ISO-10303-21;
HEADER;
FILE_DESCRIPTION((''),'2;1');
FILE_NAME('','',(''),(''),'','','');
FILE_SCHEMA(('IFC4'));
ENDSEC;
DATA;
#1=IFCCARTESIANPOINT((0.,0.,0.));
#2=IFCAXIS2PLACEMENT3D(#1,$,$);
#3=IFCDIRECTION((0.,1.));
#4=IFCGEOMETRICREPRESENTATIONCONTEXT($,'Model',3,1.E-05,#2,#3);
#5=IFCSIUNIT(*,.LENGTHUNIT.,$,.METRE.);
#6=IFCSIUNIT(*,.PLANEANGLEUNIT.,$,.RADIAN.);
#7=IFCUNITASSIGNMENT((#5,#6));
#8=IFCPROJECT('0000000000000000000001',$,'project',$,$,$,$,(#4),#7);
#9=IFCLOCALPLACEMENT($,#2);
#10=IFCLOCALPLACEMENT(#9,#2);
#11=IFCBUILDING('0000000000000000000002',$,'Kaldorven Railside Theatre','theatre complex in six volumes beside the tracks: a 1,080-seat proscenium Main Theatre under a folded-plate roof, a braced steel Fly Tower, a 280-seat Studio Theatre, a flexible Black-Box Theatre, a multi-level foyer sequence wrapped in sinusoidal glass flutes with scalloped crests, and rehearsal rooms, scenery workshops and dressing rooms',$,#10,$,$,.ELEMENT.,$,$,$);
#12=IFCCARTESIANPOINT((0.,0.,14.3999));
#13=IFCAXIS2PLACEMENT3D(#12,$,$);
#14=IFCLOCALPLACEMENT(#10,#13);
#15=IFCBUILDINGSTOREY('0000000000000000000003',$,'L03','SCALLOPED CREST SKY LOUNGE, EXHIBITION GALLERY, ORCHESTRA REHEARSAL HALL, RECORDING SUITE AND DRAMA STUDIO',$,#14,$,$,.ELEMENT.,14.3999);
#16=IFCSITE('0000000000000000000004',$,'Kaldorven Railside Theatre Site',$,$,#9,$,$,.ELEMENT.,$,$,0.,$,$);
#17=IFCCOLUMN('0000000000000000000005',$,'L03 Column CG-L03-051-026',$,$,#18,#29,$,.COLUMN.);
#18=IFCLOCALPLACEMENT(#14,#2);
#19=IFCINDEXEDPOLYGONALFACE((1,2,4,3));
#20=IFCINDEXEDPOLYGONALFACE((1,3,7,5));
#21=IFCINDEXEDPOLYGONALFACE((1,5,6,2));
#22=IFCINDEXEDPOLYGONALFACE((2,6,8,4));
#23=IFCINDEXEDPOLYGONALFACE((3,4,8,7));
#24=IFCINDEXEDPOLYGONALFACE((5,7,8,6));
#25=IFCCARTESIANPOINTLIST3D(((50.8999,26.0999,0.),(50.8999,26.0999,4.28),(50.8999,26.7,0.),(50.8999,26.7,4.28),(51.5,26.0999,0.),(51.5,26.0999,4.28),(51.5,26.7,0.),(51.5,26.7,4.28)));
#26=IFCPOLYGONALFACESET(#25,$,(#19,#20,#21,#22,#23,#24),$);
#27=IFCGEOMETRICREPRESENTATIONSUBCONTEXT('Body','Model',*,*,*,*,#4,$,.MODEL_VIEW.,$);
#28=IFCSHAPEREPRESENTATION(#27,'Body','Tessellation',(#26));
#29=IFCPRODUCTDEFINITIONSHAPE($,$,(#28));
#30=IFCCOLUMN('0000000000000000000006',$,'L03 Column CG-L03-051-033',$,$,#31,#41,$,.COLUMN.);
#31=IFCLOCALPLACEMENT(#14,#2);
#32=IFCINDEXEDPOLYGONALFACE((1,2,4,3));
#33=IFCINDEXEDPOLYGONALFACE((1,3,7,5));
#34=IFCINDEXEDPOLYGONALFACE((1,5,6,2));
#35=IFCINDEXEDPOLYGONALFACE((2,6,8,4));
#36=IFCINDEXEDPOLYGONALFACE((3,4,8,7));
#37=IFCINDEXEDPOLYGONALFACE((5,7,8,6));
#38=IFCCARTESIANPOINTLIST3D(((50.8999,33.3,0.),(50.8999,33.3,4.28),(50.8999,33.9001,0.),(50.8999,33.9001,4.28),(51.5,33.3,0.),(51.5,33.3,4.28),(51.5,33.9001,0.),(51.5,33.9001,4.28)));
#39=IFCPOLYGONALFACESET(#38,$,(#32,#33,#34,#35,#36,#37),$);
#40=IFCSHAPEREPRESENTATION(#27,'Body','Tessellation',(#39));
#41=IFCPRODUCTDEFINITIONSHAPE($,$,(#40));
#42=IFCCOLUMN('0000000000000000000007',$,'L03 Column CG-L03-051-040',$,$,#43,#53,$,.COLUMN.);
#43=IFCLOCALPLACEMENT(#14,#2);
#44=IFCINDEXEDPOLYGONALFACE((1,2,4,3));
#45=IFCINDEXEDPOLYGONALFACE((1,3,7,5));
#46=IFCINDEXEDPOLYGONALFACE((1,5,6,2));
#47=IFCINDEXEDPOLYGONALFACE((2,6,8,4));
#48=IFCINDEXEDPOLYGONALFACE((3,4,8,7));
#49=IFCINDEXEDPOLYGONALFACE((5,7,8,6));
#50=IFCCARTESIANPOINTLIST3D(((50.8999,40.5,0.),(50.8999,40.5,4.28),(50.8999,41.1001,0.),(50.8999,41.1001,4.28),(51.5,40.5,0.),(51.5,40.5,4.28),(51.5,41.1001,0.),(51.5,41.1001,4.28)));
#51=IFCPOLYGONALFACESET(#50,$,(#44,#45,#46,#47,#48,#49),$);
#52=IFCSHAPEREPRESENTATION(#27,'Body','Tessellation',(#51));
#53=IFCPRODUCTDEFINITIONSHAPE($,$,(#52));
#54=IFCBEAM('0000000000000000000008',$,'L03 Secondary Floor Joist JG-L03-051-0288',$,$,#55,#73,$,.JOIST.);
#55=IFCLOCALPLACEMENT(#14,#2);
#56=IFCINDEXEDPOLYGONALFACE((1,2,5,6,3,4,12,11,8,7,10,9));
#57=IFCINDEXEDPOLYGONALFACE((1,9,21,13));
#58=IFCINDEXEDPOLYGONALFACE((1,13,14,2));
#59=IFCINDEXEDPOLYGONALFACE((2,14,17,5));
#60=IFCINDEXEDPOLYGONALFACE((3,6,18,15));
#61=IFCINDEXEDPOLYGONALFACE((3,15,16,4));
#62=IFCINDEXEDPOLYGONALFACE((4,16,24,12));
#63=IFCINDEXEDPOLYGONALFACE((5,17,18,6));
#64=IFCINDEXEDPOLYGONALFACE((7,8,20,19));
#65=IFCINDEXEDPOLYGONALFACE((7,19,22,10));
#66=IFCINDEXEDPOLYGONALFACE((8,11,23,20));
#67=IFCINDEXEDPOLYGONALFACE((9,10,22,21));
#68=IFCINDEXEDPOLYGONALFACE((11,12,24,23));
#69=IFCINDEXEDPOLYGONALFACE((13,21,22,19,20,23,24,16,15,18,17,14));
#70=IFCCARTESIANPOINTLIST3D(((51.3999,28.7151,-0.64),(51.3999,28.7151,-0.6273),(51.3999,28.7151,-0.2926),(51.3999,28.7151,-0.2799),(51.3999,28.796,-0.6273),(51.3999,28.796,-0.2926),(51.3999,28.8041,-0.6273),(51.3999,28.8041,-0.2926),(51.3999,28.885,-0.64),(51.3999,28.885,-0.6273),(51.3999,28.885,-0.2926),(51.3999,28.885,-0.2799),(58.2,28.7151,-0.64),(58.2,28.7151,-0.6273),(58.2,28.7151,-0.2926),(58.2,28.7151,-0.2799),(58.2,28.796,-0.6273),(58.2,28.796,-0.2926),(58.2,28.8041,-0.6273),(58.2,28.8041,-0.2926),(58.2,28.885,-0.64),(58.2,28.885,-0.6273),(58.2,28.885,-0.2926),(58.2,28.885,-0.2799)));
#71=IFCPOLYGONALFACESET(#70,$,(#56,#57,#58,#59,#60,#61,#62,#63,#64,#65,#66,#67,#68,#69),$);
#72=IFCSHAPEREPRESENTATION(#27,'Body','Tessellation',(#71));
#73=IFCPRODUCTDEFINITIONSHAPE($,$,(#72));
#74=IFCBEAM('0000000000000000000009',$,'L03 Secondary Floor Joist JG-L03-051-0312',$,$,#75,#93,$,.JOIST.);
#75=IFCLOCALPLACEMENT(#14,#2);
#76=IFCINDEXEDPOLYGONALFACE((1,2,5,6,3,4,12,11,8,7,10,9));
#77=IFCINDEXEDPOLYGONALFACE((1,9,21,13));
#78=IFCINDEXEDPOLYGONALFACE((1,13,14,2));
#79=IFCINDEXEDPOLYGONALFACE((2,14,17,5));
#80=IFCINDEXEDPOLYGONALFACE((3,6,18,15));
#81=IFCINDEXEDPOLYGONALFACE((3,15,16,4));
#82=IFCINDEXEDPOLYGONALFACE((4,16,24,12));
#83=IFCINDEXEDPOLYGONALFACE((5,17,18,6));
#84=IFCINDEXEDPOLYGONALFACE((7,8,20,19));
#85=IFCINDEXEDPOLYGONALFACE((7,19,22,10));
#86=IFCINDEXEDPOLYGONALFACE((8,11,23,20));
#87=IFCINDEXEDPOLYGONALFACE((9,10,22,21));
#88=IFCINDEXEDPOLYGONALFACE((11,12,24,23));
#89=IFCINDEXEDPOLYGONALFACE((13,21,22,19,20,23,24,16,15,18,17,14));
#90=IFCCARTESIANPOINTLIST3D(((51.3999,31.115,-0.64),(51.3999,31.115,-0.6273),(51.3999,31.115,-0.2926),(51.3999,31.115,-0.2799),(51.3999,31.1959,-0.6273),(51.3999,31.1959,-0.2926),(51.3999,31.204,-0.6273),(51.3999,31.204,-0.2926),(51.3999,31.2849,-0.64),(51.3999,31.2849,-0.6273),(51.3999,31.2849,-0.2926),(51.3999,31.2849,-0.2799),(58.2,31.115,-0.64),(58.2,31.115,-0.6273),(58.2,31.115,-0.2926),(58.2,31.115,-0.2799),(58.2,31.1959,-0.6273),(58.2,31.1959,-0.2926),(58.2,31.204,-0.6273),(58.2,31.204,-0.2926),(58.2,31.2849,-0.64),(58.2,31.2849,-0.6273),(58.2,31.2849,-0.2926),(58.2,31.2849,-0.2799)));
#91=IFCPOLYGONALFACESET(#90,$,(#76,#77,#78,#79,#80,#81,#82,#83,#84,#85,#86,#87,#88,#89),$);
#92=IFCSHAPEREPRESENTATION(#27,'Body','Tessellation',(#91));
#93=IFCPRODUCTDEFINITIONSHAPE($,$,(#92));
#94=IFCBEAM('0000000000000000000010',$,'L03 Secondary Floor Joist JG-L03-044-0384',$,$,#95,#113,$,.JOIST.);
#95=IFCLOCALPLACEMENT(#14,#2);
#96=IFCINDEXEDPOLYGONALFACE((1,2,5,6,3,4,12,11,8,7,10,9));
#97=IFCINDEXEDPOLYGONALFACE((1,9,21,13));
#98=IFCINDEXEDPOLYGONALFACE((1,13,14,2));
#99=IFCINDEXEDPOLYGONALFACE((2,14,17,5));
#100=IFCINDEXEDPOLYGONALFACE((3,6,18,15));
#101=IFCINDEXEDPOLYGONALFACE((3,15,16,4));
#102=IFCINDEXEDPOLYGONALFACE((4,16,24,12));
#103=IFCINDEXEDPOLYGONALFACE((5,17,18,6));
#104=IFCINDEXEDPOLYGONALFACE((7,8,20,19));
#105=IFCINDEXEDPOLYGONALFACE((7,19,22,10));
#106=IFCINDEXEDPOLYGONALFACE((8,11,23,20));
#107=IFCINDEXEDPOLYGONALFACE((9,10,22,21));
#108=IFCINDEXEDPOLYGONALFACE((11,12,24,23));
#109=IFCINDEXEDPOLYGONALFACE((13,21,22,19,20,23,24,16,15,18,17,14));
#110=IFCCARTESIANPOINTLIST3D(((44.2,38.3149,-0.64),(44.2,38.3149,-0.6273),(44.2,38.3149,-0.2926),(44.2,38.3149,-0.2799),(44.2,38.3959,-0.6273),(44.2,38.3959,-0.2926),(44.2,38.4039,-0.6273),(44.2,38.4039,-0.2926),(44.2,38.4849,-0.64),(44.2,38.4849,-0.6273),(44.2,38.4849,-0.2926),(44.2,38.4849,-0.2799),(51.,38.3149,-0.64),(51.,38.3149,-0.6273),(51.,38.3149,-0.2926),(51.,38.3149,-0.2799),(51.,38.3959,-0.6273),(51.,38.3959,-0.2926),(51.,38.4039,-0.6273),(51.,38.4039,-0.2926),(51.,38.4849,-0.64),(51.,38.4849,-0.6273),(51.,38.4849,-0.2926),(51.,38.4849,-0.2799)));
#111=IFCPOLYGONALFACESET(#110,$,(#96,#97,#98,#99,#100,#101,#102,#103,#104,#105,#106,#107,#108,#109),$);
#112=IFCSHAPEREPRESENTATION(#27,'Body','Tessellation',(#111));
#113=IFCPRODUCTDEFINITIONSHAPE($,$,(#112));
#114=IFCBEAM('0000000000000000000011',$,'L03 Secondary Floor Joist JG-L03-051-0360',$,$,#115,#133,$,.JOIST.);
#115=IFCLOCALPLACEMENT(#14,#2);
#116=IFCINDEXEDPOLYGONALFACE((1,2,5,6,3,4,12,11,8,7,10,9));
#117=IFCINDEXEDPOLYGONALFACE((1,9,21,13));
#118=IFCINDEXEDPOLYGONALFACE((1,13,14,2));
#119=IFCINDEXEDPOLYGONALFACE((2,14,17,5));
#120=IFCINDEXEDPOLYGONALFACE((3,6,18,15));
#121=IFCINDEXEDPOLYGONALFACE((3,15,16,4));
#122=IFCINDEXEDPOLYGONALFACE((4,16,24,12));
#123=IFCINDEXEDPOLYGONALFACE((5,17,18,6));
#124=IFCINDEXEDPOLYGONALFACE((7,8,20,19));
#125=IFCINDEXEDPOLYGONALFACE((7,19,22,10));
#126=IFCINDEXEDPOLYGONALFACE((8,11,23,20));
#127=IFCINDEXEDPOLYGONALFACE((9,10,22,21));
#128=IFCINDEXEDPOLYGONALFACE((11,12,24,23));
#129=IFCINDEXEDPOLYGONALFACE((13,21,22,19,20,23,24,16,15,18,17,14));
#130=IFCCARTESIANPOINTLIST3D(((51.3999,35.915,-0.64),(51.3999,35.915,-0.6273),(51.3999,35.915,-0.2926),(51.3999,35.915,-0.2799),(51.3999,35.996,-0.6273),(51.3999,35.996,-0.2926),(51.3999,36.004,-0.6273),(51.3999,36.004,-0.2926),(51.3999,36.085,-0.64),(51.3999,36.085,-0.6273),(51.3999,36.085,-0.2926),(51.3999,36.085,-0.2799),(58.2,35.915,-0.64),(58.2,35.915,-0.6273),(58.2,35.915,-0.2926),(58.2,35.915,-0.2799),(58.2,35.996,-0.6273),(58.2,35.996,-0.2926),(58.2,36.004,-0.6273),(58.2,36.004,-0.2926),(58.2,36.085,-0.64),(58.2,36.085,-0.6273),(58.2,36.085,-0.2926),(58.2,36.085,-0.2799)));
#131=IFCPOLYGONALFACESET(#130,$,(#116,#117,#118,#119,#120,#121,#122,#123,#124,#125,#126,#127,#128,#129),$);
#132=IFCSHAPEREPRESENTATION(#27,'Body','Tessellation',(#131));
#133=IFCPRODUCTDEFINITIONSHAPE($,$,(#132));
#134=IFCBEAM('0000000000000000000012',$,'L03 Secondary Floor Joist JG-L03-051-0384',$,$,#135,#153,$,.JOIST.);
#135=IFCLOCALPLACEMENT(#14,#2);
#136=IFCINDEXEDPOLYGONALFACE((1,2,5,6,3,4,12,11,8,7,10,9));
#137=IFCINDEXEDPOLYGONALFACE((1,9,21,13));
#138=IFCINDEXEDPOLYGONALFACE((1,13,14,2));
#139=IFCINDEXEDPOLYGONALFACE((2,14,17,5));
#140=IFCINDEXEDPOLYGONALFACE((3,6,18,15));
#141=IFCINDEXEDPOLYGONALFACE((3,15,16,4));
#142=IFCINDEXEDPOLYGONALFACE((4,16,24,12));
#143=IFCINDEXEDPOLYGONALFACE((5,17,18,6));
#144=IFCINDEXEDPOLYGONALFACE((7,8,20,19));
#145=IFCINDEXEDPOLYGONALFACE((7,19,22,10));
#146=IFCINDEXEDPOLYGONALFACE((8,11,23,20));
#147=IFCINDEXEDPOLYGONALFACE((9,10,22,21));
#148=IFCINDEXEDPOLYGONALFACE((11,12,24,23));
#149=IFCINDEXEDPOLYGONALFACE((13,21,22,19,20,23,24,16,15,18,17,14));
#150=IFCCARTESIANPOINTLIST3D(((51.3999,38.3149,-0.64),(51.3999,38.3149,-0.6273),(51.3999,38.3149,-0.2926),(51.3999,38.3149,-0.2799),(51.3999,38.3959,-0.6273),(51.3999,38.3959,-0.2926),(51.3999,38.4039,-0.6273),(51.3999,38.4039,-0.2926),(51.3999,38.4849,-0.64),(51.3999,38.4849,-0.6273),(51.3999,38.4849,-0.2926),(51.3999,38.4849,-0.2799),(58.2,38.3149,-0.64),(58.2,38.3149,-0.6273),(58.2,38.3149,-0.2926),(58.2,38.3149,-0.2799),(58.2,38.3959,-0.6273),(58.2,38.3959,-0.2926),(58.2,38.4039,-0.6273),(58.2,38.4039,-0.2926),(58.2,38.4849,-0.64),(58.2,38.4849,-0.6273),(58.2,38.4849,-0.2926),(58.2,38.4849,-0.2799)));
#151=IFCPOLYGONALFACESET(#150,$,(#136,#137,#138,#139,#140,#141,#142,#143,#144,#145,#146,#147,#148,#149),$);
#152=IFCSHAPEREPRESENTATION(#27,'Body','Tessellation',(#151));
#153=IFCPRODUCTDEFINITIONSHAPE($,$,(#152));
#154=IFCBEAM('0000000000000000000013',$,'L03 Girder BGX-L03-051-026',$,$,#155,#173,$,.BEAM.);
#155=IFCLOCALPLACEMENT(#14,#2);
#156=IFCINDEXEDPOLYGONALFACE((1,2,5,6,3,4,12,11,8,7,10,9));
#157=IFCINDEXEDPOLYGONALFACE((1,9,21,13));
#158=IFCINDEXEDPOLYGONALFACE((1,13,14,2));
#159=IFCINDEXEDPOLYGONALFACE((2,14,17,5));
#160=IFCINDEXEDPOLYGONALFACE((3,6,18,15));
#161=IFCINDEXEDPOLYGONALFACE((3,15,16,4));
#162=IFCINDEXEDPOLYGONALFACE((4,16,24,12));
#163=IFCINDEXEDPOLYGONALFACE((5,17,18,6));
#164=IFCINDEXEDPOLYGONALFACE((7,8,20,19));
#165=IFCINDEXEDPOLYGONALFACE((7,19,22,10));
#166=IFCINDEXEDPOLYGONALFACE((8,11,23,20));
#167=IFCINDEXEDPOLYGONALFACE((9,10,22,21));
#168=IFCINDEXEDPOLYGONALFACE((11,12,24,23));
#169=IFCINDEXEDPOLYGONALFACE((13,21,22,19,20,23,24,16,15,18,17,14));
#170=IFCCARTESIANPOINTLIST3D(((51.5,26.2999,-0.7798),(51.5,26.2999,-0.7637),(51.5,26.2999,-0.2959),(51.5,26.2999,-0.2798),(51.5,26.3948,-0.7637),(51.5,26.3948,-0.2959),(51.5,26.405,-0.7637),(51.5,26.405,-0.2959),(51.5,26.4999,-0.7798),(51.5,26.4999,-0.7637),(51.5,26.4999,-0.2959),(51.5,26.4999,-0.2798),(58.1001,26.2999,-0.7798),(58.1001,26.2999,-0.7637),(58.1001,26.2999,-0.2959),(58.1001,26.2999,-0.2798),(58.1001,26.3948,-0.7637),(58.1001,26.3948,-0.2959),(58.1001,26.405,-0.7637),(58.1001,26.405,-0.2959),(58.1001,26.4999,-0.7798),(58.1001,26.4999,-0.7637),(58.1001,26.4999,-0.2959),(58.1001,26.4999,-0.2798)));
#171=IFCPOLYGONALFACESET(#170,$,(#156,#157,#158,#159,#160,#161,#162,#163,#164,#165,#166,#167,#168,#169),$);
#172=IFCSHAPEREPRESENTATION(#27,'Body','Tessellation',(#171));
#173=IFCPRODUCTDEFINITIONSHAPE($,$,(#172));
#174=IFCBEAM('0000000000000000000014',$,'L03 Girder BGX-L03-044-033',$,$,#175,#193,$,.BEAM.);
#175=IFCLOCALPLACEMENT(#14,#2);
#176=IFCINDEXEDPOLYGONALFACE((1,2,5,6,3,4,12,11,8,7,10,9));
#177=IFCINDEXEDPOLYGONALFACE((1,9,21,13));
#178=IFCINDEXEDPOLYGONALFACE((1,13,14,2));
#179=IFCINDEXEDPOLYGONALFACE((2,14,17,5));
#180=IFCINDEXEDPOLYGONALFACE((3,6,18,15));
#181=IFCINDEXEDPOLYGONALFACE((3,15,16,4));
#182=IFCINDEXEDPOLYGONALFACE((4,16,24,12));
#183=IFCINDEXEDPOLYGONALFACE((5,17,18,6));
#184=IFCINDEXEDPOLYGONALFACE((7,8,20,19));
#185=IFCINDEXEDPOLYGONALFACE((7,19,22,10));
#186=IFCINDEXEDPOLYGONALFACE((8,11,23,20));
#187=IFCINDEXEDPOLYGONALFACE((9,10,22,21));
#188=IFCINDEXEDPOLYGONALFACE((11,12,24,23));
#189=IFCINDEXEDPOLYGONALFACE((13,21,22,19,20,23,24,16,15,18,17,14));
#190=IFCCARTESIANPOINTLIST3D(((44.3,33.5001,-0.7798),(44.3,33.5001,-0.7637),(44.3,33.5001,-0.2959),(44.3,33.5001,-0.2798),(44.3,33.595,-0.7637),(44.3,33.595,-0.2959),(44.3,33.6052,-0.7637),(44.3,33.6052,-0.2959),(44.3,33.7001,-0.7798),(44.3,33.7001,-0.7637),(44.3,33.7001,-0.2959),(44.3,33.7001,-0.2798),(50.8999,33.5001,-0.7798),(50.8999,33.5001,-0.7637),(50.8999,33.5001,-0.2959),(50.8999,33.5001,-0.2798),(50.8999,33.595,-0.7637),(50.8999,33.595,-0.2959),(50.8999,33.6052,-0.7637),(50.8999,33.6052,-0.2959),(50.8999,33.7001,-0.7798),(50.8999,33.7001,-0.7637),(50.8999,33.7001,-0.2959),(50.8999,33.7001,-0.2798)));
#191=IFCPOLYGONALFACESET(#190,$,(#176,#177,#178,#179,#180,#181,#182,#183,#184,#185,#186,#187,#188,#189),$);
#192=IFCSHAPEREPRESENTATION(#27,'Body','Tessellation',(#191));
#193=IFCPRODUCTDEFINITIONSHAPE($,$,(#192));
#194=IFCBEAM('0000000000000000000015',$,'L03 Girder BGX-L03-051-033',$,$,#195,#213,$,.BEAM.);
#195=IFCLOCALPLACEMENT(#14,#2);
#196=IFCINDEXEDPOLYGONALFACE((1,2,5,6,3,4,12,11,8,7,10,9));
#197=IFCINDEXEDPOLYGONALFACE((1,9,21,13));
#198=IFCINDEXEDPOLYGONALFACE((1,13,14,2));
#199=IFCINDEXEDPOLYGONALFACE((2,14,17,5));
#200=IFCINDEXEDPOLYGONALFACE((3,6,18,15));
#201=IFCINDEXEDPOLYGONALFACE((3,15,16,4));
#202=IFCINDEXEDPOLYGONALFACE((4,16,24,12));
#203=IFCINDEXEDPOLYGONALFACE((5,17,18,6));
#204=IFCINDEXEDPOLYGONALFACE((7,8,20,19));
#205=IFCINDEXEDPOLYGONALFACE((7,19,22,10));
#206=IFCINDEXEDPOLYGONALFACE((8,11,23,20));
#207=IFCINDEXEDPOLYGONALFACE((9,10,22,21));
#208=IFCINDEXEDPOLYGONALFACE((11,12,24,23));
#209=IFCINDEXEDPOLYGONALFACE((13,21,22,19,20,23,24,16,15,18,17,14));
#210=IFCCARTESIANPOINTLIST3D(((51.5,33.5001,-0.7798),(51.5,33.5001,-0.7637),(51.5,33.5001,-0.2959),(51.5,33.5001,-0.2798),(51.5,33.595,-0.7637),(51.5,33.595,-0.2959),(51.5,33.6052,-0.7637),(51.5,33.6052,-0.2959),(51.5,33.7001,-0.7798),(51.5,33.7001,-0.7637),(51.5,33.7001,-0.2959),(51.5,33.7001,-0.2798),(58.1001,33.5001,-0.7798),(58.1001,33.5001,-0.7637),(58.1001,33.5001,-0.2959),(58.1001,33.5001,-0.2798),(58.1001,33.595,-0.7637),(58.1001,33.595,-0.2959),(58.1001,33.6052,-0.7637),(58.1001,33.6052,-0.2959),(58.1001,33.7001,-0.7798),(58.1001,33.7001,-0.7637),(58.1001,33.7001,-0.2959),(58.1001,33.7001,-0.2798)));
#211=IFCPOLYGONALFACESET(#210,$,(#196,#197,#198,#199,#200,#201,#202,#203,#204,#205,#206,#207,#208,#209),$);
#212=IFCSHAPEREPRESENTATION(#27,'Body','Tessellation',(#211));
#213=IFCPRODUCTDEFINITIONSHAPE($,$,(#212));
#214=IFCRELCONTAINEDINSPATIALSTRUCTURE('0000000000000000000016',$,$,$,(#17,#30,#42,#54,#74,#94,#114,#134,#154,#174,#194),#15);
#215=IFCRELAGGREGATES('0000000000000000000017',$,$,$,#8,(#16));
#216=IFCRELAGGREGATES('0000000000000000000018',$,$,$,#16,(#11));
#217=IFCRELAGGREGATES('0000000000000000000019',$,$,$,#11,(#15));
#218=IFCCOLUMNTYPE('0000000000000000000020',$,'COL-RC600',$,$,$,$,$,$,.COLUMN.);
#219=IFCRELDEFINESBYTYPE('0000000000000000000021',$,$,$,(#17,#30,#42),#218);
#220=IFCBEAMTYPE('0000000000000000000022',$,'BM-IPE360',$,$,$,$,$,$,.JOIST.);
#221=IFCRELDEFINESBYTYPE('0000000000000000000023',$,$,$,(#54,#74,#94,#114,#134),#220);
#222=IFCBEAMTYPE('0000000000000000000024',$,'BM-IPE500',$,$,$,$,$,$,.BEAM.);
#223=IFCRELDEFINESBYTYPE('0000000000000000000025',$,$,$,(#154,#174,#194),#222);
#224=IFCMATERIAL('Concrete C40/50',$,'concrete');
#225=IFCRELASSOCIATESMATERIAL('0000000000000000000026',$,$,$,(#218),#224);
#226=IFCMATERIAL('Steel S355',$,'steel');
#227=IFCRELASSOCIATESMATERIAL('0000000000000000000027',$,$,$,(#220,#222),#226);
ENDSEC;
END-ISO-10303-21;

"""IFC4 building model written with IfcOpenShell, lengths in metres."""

from ifc_helpers import new_model, si_unit, direction, frame, origin, origin_2d, place, context, subcontext, project, spatial, rectangle, i_section, extrude, material, material_profile, profile_set, type_object, element, save


model = new_model("IFC4")

# Units and contexts
model_context = context("Model", 3, precision=1e-05, world=origin(), true_north=direction((0.0, 1.0)))
body_context = subcontext(model_context, "Body", "Model", "MODEL_VIEW")
ifc_project = project(units=[si_unit("LENGTHUNIT", "METRE"), si_unit("PLANEANGLEUNIT", "RADIAN")], contexts=[model_context])

# Site, building, storey
site_placement = place(None, origin())
site = spatial("IfcSite", under=ifc_project, at=site_placement, Name="Kaldorven Railside Theatre Site", CompositionType="ELEMENT", RefElevation=0.0)
building_placement = place(site_placement, origin())
building = spatial("IfcBuilding", under=site, at=building_placement, Name="Kaldorven Railside Theatre", Description="theatre complex in six volumes beside the tracks: a 1,080-seat proscenium Main Theatre under a folded-plate roof, a braced steel Fly Tower, a 280-seat Studio Theatre, a flexible Black-Box Theatre, a multi-level foyer sequence wrapped in sinusoidal glass flutes with scalloped crests, and rehearsal rooms, scenery workshops and dressing rooms", CompositionType="ELEMENT")
storey_placement = place(building_placement, frame((0.0, 0.0, 14.3999)))
storey = spatial("IfcBuildingStorey", under=building, at=storey_placement, Name="L03", Description="SCALLOPED CREST SKY LOUNGE, EXHIBITION GALLERY, ORCHESTRA REHEARSAL HALL, RECORDING SUITE AND DRAMA STUDIO", CompositionType="ELEMENT", Elevation=14.3999)

# Columns
ifc_material_1 = material(Name="Concrete C40/50", Category="concrete")
ifc_material_profile_1 = material_profile(ifc_material_1, rectangle(XDim=0.6001, YDim=0.6001, at=origin_2d()), Name="RC 600x600")
ifc_profile_set_1 = profile_set([ifc_material_profile_1], Name="Concrete C40/50")
column_type = type_object("IfcColumnType", Name="COL-RC600", PredefinedType="COLUMN", material=ifc_profile_set_1)
for number, where, z_axis, x_axis, name in (
    (1, (51.2, 26.3999, 0.0), (0.0, 0.0, 1.0), (0.0, 1.0, 0.0), "L03 Column CG-L03-051-026"),
    (2, (51.2, 33.6001, 0.0), (0.0, 0.0, 1.0), (1.0, 0.0, 0.0), "L03 Column CG-L03-051-033"),
    (3, (51.2, 40.8, 0.0), (0.0, 0.0, 1.0), (1.0, 0.0, 0.0), "L03 Column CG-L03-051-040"),
):
    element("IfcColumn", number, at=place(storey_placement, frame(where, z_axis=z_axis, x_axis=x_axis)), inside=storey, type_object=column_type, Name=name, PredefinedType="COLUMN", context=body_context, shape_type="SweptSolid", body=[
        extrude(rectangle(XDim=0.6001, YDim=0.6001, at=origin_2d()), origin(), (0.0, 0.0, 1.0), 4.28),
    ])

# Beams
ifc_material_2 = material(Name="Steel S355", Category="steel")
ifc_material_profile_2 = material_profile(ifc_material_2, i_section(OverallWidth=0.1699, OverallDepth=0.3601, WebThickness=0.0081, FlangeThickness=0.0127, at=origin_2d()), Name="IPE 360")
ifc_profile_set_2 = profile_set([ifc_material_profile_2], Name="Steel S355")
beam_type_1 = type_object("IfcBeamType", Name="BM-IPE360", PredefinedType="JOIST", material=ifc_profile_set_2)
for number, where, z_axis, x_axis, name in (
    (4, (51.3999, 28.8, -0.46), (1.0, 0.0, 0.0), (0.0, 1.0, 0.0), "L03 Secondary Floor Joist JG-L03-051-0288"),
    (5, (51.3999, 31.2, -0.46), (1.0, 0.0, 0.0), (0.0, 1.0, 0.0), "L03 Secondary Floor Joist JG-L03-051-0312"),
    (6, (44.2, 38.3999, -0.46), (1.0, 0.0, 0.0), (0.0, 1.0, 0.0), "L03 Secondary Floor Joist JG-L03-044-0384"),
    (7, (51.3999, 36.0, -0.46), (1.0, 0.0, 0.0), (0.0, 1.0, 0.0), "L03 Secondary Floor Joist JG-L03-051-0360"),
    (8, (51.3999, 38.3999, -0.46), (1.0, 0.0, 0.0), (0.0, 1.0, 0.0), "L03 Secondary Floor Joist JG-L03-051-0384"),
):
    element("IfcBeam", number, at=place(storey_placement, frame(where, z_axis=z_axis, x_axis=x_axis)), inside=storey, type_object=beam_type_1, Name=name, PredefinedType="JOIST", context=body_context, shape_type="SweptSolid", body=[
        extrude(i_section(OverallWidth=0.1699, OverallDepth=0.3601, WebThickness=0.0081, FlangeThickness=0.0127, at=origin_2d()), origin(), (0.0, 0.0, 1.0), 6.8),
    ])
ifc_material_profile_3 = material_profile(ifc_material_2, i_section(OverallWidth=0.2, OverallDepth=0.5, WebThickness=0.0103, FlangeThickness=0.0161, at=origin_2d()), Name="IPE 500")
ifc_profile_set_3 = profile_set([ifc_material_profile_3], Name="Steel S355")
beam_type_2 = type_object("IfcBeamType", Name="BM-IPE500", PredefinedType="BEAM", material=ifc_profile_set_3)
beam_1_placement = place(storey_placement, frame((51.5, 26.3999, -0.5298), z_axis=(1.0, 0.0, 0.0), x_axis=(0.0, 1.0, 0.0)))
element("IfcBeam", 9, at=beam_1_placement, inside=storey, type_object=beam_type_2, Name="L03 Girder BGX-L03-051-026", PredefinedType="BEAM", context=body_context, shape_type="SweptSolid", body=[
    extrude(i_section(OverallWidth=0.2, OverallDepth=0.5, WebThickness=0.0103, FlangeThickness=0.0161, at=origin_2d()), origin(), (0.0, 0.0, 1.0), 6.6001),
])
beam_2_placement = place(storey_placement, frame((44.3, 33.6001, -0.5298), z_axis=(1.0, 0.0, 0.0), x_axis=(0.0, 1.0, 0.0)))
element("IfcBeam", 10, at=beam_2_placement, inside=storey, type_object=beam_type_2, Name="L03 Girder BGX-L03-044-033", PredefinedType="BEAM", context=body_context, shape_type="SweptSolid", body=[
    extrude(i_section(OverallWidth=0.2, OverallDepth=0.5, WebThickness=0.0103, FlangeThickness=0.0161, at=origin_2d()), origin(), (0.0, 0.0, 1.0), 6.5999),
])
beam_3_placement = place(storey_placement, frame((51.5, 33.6001, -0.5298), z_axis=(1.0, 0.0, 0.0), x_axis=(0.0, 1.0, 0.0)))
element("IfcBeam", 11, at=beam_3_placement, inside=storey, type_object=beam_type_2, Name="L03 Girder BGX-L03-051-033", PredefinedType="BEAM", context=body_context, shape_type="SweptSolid", body=[
    extrude(i_section(OverallWidth=0.2, OverallDepth=0.5, WebThickness=0.0103, FlangeThickness=0.0161, at=origin_2d()), origin(), (0.0, 0.0, 1.0), 6.6001),
])

save(model, "model.ifc")
